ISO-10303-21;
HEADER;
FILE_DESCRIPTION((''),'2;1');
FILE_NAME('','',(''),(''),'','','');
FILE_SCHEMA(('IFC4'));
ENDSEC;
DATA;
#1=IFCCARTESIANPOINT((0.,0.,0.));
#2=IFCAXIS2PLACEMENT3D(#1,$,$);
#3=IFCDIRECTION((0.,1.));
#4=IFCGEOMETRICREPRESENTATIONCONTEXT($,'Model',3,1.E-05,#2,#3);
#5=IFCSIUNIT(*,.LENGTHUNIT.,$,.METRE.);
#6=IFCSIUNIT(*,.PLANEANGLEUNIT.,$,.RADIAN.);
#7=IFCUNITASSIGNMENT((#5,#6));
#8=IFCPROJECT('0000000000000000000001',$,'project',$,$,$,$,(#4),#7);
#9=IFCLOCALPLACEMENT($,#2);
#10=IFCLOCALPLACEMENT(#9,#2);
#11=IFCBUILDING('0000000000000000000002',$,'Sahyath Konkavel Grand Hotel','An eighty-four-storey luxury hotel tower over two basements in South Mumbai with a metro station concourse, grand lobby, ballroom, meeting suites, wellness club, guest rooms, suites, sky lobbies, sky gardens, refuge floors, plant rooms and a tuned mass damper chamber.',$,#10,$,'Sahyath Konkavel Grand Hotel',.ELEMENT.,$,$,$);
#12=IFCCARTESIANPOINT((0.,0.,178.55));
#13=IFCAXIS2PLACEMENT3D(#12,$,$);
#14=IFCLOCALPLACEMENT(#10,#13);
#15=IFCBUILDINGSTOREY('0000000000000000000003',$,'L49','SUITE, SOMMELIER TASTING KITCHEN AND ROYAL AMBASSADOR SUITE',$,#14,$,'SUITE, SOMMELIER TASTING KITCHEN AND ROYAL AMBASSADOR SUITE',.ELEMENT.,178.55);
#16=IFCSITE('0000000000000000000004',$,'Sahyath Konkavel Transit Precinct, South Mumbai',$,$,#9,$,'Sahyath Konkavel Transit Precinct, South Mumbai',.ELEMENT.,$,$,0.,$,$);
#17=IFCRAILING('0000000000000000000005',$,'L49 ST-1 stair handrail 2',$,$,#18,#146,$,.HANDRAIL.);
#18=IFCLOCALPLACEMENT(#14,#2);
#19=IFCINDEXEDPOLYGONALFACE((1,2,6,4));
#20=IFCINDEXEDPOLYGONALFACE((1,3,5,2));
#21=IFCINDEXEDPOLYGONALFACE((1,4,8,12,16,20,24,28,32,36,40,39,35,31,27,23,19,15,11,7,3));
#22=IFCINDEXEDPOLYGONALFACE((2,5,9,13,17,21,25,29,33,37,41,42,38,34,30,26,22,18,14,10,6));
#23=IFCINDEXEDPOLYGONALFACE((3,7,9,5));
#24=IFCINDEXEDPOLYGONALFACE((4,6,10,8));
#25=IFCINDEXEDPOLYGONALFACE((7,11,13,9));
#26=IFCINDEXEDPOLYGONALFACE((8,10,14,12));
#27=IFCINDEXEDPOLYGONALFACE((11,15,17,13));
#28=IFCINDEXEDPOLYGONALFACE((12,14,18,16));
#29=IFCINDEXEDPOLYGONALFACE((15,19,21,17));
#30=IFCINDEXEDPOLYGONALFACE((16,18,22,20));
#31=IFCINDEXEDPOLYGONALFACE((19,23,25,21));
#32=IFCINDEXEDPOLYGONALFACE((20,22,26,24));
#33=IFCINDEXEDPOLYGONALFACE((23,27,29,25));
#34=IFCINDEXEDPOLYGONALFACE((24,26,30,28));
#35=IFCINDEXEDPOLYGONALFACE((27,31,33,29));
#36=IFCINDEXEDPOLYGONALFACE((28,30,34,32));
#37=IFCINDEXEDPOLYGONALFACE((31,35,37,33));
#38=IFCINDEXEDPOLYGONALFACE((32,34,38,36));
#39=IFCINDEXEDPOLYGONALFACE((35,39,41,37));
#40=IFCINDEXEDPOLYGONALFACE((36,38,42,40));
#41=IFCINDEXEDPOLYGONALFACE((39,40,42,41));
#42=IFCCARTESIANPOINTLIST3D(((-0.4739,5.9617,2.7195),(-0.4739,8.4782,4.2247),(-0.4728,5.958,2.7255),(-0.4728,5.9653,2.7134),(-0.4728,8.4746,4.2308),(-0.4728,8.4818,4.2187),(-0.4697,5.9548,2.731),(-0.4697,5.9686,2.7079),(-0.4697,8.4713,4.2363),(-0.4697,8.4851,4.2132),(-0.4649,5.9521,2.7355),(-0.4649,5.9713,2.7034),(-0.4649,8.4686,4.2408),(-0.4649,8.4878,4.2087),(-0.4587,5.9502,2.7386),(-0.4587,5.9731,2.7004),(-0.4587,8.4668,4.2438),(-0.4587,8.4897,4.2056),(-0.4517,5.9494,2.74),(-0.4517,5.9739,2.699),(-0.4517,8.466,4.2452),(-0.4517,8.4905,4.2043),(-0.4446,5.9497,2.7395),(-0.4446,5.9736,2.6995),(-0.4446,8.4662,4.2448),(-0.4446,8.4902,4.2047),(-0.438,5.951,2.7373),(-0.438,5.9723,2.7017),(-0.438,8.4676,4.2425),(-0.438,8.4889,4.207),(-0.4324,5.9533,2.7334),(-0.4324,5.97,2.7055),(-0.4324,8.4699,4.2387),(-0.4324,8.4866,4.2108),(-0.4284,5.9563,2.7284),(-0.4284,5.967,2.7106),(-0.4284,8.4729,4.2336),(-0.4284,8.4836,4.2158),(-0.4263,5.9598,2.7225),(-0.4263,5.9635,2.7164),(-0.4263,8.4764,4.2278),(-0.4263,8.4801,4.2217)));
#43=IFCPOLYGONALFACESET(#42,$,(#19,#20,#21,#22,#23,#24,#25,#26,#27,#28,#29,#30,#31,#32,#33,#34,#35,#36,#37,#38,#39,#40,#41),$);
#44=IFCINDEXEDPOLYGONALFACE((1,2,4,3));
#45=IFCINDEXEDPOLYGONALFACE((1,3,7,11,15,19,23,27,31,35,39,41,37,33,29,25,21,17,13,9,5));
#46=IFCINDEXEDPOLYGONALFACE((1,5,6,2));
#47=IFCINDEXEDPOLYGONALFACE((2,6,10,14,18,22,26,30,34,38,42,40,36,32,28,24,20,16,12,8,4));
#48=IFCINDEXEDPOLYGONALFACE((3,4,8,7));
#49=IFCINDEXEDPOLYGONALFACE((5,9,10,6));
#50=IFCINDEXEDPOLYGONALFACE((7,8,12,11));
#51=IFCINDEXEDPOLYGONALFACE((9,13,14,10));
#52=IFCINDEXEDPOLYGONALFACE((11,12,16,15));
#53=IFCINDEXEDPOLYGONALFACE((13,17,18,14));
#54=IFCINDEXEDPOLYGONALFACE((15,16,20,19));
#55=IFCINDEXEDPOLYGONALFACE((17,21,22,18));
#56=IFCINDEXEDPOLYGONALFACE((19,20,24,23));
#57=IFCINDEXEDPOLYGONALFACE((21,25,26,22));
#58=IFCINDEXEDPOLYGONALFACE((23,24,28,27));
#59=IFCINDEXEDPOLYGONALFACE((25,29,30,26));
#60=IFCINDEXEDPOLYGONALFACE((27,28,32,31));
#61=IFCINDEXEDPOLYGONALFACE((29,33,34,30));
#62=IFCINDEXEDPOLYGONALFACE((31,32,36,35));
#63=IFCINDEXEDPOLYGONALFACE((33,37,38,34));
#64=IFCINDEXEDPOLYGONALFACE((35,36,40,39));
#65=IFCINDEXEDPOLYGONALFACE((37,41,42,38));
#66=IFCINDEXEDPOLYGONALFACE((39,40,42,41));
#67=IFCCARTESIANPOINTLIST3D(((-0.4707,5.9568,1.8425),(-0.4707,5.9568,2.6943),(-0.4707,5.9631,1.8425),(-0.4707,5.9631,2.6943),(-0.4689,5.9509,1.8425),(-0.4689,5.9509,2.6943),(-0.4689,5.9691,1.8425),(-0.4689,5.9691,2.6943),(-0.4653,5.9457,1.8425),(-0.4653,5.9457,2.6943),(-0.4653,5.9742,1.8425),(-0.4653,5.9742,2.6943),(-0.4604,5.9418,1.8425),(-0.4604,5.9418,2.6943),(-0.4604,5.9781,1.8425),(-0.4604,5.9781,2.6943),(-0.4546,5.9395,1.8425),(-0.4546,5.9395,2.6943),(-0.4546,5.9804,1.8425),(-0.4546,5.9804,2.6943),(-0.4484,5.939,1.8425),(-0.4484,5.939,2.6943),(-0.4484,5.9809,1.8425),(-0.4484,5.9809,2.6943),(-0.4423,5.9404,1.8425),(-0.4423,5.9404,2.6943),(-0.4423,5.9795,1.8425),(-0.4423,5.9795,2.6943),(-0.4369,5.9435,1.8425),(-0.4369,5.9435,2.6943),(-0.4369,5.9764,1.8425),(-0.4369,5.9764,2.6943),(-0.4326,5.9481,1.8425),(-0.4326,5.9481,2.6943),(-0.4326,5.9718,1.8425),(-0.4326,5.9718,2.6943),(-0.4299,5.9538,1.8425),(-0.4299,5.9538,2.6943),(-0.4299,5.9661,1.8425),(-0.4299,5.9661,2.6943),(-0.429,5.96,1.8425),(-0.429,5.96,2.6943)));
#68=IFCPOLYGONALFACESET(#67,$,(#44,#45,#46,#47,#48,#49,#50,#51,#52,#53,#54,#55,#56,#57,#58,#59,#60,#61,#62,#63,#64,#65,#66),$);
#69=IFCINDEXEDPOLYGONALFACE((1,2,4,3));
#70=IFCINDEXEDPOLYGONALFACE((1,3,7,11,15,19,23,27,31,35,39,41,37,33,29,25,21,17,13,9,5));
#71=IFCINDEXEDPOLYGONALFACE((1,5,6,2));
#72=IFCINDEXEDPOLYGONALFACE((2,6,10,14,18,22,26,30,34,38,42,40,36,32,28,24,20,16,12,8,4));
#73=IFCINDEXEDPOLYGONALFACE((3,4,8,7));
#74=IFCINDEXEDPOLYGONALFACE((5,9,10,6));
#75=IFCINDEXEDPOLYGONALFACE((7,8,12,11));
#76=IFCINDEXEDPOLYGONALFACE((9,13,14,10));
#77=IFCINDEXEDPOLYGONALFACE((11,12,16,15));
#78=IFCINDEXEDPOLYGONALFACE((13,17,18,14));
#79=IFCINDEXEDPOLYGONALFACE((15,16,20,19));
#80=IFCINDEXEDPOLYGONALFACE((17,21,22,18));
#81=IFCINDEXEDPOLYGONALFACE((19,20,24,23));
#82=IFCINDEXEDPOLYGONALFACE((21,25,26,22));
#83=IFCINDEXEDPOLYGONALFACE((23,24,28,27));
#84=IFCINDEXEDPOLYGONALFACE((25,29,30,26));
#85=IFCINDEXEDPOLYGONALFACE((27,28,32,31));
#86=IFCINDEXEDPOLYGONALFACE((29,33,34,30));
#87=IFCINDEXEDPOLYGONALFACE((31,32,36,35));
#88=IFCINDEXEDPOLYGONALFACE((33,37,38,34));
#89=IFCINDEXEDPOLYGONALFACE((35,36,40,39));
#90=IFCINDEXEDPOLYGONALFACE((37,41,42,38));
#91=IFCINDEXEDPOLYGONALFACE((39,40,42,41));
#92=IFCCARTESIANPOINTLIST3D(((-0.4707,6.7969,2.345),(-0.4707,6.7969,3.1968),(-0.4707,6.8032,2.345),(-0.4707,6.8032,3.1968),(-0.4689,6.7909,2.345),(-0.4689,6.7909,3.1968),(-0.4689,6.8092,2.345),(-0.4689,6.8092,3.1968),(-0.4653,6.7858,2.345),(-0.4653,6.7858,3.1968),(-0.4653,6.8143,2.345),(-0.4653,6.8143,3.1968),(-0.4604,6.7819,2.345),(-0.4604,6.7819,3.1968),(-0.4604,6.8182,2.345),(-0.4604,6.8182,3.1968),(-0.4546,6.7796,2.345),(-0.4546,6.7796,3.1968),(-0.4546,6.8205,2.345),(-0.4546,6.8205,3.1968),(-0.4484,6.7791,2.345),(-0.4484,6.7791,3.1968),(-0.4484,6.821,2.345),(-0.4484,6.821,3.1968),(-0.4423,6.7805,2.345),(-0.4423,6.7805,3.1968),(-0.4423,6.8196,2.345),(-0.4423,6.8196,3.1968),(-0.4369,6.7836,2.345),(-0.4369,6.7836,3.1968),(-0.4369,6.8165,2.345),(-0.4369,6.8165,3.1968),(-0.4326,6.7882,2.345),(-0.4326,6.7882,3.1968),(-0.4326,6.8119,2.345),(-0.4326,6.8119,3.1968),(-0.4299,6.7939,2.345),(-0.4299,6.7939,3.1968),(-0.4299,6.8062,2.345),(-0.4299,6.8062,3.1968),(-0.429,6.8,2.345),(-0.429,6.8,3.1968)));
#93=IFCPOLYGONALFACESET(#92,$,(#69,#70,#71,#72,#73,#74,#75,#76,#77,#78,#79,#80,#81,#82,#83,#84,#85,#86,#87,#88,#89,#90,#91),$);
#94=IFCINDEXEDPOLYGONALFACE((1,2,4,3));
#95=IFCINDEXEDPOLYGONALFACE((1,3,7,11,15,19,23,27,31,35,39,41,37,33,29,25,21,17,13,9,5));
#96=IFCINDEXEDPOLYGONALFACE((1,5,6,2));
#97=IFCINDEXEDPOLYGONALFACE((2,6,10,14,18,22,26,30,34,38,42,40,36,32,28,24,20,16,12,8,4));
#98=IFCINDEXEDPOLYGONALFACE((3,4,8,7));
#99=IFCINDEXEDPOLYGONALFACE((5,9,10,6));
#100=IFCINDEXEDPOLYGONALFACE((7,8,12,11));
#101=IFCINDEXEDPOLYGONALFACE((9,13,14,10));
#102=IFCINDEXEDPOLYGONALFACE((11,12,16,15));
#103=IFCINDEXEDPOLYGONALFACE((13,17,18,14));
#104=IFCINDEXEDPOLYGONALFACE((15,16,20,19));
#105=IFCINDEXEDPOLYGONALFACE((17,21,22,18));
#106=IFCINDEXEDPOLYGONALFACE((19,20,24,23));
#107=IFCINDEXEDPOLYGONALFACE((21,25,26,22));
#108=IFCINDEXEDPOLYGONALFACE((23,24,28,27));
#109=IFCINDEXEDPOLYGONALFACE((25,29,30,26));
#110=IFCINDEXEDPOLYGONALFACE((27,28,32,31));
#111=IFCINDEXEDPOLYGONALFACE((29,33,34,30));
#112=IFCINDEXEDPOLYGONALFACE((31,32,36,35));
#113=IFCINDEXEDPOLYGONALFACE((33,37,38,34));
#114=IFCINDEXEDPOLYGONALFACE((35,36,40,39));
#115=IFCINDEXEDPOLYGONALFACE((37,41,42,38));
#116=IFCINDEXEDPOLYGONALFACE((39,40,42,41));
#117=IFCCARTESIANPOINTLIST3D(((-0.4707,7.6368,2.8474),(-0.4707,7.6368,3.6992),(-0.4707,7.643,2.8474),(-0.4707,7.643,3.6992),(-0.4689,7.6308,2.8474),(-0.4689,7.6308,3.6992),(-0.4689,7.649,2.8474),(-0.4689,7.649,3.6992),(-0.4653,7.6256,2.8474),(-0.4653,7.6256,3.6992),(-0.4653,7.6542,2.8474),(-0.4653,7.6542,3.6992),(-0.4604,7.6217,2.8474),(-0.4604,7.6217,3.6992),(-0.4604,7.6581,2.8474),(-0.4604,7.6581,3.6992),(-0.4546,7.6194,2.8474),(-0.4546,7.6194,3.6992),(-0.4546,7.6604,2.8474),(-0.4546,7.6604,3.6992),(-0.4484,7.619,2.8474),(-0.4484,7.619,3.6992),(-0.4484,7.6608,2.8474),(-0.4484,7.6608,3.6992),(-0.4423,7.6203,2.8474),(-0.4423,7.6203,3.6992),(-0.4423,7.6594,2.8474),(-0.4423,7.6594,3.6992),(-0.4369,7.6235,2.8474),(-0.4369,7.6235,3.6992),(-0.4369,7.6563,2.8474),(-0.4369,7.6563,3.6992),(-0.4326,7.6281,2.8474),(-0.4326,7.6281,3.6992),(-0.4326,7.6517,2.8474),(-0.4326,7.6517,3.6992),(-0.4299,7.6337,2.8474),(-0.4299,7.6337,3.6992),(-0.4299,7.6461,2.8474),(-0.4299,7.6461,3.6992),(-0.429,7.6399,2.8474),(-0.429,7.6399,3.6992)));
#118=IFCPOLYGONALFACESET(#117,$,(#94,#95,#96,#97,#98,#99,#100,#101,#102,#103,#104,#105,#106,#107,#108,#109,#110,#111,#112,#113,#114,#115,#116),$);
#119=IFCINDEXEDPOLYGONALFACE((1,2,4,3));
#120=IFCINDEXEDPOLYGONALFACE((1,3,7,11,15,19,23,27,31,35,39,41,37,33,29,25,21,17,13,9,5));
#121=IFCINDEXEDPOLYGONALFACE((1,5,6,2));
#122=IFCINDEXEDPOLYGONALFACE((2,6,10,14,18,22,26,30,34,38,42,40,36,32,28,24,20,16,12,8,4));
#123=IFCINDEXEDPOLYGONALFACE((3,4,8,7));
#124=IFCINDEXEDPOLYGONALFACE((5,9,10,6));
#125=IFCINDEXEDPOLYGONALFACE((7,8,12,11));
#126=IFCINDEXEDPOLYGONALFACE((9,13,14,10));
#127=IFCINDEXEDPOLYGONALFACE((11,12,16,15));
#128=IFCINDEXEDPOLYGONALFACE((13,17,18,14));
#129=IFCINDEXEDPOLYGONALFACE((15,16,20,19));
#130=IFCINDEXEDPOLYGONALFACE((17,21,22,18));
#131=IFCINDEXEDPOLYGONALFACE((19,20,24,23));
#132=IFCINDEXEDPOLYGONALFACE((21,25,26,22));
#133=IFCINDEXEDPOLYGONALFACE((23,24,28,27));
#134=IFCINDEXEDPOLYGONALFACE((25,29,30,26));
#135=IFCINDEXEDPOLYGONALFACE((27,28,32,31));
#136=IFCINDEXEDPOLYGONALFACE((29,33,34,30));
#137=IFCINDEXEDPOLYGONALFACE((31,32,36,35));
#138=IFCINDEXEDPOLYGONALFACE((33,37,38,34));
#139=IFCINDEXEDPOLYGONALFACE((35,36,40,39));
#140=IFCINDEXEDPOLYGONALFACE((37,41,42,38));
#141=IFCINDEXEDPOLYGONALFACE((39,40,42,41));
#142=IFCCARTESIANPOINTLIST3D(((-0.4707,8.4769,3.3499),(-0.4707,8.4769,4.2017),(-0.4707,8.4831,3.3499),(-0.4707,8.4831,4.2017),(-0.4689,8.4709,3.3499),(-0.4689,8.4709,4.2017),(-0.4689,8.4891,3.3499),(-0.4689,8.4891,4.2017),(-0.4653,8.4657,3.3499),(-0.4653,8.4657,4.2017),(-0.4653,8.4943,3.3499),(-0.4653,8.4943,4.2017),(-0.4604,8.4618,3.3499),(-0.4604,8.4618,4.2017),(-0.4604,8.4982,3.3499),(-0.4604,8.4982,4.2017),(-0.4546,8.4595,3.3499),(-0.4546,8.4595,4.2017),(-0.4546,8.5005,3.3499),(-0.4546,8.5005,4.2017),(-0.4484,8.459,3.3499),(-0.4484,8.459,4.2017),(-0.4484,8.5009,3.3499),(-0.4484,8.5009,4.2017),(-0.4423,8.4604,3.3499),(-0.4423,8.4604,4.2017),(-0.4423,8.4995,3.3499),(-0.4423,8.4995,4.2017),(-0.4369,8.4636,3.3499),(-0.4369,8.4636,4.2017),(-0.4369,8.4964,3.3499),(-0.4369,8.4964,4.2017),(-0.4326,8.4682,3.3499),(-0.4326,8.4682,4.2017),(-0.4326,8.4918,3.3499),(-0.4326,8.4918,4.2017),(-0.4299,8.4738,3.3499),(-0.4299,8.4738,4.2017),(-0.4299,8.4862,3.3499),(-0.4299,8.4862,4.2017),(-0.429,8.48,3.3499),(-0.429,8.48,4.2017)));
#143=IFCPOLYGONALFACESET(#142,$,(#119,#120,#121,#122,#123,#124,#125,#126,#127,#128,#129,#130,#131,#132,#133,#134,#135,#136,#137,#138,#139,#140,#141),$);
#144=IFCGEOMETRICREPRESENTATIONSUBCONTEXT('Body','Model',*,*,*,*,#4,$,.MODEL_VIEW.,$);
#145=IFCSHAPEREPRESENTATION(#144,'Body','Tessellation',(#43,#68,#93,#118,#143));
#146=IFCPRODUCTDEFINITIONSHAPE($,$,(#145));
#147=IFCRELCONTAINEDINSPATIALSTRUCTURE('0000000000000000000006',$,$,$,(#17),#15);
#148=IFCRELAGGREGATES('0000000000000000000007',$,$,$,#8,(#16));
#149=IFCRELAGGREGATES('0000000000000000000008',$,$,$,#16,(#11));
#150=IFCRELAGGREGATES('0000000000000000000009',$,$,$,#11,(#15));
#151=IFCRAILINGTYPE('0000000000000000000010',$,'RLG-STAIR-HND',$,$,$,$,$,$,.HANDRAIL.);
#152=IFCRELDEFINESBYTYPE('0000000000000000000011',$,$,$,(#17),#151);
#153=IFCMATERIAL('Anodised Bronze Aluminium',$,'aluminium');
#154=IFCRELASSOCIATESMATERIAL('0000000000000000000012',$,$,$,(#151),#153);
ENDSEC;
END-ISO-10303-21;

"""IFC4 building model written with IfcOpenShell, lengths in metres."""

from ifc_helpers import new_model, si_unit, direction, frame, origin, origin_2d, place, context, subcontext, project, spatial, circle, extrude, material, type_object, element, save


model = new_model("IFC4")

# Units and contexts
model_context = context("Model", 3, precision=1e-05, world=origin(), true_north=direction((0.0, 1.0)))
body_context = subcontext(model_context, "Body", "Model", "MODEL_VIEW")
ifc_project = project(units=[si_unit("LENGTHUNIT", "METRE"), si_unit("PLANEANGLEUNIT", "RADIAN")], contexts=[model_context])

# Site, building, storey
site_placement = place(None, origin())
site = spatial("IfcSite", under=ifc_project, at=site_placement, Name="Sahyath Konkavel Transit Precinct, South Mumbai", LongName="Sahyath Konkavel Transit Precinct, South Mumbai", CompositionType="ELEMENT", RefElevation=0.0)
building_placement = place(site_placement, origin())
building = spatial("IfcBuilding", under=site, at=building_placement, Name="Sahyath Konkavel Grand Hotel", Description="An eighty-four-storey luxury hotel tower over two basements in South Mumbai with a metro station concourse, grand lobby, ballroom, meeting suites, wellness club, guest rooms, suites, sky lobbies, sky gardens, refuge floors, plant rooms and a tuned mass damper chamber.", LongName="Sahyath Konkavel Grand Hotel", CompositionType="ELEMENT")
storey_placement = place(building_placement, frame((0.0, 0.0, 178.55)))
storey = spatial("IfcBuildingStorey", under=building, at=storey_placement, Name="L49", Description="SUITE, SOMMELIER TASTING KITCHEN AND ROYAL AMBASSADOR SUITE", LongName="SUITE, SOMMELIER TASTING KITCHEN AND ROYAL AMBASSADOR SUITE", CompositionType="ELEMENT", Elevation=178.55)

# Shared definitions
ifc_material_1 = material(Name="Anodised Bronze Aluminium", Category="aluminium")

# Railing
railing_type_1 = type_object("IfcRailingType", Name="RLG-STAIR-HND", PredefinedType="HANDRAIL", material=ifc_material_1)
railing_1_placement = place(storey_placement, frame((-0.45, 5.96, 1.8425)))
element("IfcRailing", 1, at=railing_1_placement, inside=storey, type_object=railing_type_1, Name="L49 ST-1 stair handrail 2", PredefinedType="HANDRAIL", context=body_context, shape_type="SweptSolid", body=[
    extrude(circle(Radius=0.0239, at=origin_2d()), frame((0.0, 0.0017, 0.877), z_axis=(0.0, 0.858196, 0.513321), x_axis=(-1.0, 0.0, 0.0)), (0.0, 0.0, 1.0), 2.9324),
    extrude(circle(Radius=0.021, at=origin_2d()), origin(), (0.0, 0.0, 1.0), 0.8518),
    extrude(circle(Radius=0.021, at=origin_2d()), frame((0.0, 0.8401, 0.5024)), (0.0, 0.0, 1.0), 0.8518),
    extrude(circle(Radius=0.021, at=origin_2d()), frame((0.0, 1.6799, 1.0049)), (0.0, 0.0, 1.0), 0.8518),
    extrude(circle(Radius=0.021, at=origin_2d()), frame((0.0, 2.52, 1.5073)), (0.0, 0.0, 1.0), 0.8518),
])

save(model, "model.ifc")
